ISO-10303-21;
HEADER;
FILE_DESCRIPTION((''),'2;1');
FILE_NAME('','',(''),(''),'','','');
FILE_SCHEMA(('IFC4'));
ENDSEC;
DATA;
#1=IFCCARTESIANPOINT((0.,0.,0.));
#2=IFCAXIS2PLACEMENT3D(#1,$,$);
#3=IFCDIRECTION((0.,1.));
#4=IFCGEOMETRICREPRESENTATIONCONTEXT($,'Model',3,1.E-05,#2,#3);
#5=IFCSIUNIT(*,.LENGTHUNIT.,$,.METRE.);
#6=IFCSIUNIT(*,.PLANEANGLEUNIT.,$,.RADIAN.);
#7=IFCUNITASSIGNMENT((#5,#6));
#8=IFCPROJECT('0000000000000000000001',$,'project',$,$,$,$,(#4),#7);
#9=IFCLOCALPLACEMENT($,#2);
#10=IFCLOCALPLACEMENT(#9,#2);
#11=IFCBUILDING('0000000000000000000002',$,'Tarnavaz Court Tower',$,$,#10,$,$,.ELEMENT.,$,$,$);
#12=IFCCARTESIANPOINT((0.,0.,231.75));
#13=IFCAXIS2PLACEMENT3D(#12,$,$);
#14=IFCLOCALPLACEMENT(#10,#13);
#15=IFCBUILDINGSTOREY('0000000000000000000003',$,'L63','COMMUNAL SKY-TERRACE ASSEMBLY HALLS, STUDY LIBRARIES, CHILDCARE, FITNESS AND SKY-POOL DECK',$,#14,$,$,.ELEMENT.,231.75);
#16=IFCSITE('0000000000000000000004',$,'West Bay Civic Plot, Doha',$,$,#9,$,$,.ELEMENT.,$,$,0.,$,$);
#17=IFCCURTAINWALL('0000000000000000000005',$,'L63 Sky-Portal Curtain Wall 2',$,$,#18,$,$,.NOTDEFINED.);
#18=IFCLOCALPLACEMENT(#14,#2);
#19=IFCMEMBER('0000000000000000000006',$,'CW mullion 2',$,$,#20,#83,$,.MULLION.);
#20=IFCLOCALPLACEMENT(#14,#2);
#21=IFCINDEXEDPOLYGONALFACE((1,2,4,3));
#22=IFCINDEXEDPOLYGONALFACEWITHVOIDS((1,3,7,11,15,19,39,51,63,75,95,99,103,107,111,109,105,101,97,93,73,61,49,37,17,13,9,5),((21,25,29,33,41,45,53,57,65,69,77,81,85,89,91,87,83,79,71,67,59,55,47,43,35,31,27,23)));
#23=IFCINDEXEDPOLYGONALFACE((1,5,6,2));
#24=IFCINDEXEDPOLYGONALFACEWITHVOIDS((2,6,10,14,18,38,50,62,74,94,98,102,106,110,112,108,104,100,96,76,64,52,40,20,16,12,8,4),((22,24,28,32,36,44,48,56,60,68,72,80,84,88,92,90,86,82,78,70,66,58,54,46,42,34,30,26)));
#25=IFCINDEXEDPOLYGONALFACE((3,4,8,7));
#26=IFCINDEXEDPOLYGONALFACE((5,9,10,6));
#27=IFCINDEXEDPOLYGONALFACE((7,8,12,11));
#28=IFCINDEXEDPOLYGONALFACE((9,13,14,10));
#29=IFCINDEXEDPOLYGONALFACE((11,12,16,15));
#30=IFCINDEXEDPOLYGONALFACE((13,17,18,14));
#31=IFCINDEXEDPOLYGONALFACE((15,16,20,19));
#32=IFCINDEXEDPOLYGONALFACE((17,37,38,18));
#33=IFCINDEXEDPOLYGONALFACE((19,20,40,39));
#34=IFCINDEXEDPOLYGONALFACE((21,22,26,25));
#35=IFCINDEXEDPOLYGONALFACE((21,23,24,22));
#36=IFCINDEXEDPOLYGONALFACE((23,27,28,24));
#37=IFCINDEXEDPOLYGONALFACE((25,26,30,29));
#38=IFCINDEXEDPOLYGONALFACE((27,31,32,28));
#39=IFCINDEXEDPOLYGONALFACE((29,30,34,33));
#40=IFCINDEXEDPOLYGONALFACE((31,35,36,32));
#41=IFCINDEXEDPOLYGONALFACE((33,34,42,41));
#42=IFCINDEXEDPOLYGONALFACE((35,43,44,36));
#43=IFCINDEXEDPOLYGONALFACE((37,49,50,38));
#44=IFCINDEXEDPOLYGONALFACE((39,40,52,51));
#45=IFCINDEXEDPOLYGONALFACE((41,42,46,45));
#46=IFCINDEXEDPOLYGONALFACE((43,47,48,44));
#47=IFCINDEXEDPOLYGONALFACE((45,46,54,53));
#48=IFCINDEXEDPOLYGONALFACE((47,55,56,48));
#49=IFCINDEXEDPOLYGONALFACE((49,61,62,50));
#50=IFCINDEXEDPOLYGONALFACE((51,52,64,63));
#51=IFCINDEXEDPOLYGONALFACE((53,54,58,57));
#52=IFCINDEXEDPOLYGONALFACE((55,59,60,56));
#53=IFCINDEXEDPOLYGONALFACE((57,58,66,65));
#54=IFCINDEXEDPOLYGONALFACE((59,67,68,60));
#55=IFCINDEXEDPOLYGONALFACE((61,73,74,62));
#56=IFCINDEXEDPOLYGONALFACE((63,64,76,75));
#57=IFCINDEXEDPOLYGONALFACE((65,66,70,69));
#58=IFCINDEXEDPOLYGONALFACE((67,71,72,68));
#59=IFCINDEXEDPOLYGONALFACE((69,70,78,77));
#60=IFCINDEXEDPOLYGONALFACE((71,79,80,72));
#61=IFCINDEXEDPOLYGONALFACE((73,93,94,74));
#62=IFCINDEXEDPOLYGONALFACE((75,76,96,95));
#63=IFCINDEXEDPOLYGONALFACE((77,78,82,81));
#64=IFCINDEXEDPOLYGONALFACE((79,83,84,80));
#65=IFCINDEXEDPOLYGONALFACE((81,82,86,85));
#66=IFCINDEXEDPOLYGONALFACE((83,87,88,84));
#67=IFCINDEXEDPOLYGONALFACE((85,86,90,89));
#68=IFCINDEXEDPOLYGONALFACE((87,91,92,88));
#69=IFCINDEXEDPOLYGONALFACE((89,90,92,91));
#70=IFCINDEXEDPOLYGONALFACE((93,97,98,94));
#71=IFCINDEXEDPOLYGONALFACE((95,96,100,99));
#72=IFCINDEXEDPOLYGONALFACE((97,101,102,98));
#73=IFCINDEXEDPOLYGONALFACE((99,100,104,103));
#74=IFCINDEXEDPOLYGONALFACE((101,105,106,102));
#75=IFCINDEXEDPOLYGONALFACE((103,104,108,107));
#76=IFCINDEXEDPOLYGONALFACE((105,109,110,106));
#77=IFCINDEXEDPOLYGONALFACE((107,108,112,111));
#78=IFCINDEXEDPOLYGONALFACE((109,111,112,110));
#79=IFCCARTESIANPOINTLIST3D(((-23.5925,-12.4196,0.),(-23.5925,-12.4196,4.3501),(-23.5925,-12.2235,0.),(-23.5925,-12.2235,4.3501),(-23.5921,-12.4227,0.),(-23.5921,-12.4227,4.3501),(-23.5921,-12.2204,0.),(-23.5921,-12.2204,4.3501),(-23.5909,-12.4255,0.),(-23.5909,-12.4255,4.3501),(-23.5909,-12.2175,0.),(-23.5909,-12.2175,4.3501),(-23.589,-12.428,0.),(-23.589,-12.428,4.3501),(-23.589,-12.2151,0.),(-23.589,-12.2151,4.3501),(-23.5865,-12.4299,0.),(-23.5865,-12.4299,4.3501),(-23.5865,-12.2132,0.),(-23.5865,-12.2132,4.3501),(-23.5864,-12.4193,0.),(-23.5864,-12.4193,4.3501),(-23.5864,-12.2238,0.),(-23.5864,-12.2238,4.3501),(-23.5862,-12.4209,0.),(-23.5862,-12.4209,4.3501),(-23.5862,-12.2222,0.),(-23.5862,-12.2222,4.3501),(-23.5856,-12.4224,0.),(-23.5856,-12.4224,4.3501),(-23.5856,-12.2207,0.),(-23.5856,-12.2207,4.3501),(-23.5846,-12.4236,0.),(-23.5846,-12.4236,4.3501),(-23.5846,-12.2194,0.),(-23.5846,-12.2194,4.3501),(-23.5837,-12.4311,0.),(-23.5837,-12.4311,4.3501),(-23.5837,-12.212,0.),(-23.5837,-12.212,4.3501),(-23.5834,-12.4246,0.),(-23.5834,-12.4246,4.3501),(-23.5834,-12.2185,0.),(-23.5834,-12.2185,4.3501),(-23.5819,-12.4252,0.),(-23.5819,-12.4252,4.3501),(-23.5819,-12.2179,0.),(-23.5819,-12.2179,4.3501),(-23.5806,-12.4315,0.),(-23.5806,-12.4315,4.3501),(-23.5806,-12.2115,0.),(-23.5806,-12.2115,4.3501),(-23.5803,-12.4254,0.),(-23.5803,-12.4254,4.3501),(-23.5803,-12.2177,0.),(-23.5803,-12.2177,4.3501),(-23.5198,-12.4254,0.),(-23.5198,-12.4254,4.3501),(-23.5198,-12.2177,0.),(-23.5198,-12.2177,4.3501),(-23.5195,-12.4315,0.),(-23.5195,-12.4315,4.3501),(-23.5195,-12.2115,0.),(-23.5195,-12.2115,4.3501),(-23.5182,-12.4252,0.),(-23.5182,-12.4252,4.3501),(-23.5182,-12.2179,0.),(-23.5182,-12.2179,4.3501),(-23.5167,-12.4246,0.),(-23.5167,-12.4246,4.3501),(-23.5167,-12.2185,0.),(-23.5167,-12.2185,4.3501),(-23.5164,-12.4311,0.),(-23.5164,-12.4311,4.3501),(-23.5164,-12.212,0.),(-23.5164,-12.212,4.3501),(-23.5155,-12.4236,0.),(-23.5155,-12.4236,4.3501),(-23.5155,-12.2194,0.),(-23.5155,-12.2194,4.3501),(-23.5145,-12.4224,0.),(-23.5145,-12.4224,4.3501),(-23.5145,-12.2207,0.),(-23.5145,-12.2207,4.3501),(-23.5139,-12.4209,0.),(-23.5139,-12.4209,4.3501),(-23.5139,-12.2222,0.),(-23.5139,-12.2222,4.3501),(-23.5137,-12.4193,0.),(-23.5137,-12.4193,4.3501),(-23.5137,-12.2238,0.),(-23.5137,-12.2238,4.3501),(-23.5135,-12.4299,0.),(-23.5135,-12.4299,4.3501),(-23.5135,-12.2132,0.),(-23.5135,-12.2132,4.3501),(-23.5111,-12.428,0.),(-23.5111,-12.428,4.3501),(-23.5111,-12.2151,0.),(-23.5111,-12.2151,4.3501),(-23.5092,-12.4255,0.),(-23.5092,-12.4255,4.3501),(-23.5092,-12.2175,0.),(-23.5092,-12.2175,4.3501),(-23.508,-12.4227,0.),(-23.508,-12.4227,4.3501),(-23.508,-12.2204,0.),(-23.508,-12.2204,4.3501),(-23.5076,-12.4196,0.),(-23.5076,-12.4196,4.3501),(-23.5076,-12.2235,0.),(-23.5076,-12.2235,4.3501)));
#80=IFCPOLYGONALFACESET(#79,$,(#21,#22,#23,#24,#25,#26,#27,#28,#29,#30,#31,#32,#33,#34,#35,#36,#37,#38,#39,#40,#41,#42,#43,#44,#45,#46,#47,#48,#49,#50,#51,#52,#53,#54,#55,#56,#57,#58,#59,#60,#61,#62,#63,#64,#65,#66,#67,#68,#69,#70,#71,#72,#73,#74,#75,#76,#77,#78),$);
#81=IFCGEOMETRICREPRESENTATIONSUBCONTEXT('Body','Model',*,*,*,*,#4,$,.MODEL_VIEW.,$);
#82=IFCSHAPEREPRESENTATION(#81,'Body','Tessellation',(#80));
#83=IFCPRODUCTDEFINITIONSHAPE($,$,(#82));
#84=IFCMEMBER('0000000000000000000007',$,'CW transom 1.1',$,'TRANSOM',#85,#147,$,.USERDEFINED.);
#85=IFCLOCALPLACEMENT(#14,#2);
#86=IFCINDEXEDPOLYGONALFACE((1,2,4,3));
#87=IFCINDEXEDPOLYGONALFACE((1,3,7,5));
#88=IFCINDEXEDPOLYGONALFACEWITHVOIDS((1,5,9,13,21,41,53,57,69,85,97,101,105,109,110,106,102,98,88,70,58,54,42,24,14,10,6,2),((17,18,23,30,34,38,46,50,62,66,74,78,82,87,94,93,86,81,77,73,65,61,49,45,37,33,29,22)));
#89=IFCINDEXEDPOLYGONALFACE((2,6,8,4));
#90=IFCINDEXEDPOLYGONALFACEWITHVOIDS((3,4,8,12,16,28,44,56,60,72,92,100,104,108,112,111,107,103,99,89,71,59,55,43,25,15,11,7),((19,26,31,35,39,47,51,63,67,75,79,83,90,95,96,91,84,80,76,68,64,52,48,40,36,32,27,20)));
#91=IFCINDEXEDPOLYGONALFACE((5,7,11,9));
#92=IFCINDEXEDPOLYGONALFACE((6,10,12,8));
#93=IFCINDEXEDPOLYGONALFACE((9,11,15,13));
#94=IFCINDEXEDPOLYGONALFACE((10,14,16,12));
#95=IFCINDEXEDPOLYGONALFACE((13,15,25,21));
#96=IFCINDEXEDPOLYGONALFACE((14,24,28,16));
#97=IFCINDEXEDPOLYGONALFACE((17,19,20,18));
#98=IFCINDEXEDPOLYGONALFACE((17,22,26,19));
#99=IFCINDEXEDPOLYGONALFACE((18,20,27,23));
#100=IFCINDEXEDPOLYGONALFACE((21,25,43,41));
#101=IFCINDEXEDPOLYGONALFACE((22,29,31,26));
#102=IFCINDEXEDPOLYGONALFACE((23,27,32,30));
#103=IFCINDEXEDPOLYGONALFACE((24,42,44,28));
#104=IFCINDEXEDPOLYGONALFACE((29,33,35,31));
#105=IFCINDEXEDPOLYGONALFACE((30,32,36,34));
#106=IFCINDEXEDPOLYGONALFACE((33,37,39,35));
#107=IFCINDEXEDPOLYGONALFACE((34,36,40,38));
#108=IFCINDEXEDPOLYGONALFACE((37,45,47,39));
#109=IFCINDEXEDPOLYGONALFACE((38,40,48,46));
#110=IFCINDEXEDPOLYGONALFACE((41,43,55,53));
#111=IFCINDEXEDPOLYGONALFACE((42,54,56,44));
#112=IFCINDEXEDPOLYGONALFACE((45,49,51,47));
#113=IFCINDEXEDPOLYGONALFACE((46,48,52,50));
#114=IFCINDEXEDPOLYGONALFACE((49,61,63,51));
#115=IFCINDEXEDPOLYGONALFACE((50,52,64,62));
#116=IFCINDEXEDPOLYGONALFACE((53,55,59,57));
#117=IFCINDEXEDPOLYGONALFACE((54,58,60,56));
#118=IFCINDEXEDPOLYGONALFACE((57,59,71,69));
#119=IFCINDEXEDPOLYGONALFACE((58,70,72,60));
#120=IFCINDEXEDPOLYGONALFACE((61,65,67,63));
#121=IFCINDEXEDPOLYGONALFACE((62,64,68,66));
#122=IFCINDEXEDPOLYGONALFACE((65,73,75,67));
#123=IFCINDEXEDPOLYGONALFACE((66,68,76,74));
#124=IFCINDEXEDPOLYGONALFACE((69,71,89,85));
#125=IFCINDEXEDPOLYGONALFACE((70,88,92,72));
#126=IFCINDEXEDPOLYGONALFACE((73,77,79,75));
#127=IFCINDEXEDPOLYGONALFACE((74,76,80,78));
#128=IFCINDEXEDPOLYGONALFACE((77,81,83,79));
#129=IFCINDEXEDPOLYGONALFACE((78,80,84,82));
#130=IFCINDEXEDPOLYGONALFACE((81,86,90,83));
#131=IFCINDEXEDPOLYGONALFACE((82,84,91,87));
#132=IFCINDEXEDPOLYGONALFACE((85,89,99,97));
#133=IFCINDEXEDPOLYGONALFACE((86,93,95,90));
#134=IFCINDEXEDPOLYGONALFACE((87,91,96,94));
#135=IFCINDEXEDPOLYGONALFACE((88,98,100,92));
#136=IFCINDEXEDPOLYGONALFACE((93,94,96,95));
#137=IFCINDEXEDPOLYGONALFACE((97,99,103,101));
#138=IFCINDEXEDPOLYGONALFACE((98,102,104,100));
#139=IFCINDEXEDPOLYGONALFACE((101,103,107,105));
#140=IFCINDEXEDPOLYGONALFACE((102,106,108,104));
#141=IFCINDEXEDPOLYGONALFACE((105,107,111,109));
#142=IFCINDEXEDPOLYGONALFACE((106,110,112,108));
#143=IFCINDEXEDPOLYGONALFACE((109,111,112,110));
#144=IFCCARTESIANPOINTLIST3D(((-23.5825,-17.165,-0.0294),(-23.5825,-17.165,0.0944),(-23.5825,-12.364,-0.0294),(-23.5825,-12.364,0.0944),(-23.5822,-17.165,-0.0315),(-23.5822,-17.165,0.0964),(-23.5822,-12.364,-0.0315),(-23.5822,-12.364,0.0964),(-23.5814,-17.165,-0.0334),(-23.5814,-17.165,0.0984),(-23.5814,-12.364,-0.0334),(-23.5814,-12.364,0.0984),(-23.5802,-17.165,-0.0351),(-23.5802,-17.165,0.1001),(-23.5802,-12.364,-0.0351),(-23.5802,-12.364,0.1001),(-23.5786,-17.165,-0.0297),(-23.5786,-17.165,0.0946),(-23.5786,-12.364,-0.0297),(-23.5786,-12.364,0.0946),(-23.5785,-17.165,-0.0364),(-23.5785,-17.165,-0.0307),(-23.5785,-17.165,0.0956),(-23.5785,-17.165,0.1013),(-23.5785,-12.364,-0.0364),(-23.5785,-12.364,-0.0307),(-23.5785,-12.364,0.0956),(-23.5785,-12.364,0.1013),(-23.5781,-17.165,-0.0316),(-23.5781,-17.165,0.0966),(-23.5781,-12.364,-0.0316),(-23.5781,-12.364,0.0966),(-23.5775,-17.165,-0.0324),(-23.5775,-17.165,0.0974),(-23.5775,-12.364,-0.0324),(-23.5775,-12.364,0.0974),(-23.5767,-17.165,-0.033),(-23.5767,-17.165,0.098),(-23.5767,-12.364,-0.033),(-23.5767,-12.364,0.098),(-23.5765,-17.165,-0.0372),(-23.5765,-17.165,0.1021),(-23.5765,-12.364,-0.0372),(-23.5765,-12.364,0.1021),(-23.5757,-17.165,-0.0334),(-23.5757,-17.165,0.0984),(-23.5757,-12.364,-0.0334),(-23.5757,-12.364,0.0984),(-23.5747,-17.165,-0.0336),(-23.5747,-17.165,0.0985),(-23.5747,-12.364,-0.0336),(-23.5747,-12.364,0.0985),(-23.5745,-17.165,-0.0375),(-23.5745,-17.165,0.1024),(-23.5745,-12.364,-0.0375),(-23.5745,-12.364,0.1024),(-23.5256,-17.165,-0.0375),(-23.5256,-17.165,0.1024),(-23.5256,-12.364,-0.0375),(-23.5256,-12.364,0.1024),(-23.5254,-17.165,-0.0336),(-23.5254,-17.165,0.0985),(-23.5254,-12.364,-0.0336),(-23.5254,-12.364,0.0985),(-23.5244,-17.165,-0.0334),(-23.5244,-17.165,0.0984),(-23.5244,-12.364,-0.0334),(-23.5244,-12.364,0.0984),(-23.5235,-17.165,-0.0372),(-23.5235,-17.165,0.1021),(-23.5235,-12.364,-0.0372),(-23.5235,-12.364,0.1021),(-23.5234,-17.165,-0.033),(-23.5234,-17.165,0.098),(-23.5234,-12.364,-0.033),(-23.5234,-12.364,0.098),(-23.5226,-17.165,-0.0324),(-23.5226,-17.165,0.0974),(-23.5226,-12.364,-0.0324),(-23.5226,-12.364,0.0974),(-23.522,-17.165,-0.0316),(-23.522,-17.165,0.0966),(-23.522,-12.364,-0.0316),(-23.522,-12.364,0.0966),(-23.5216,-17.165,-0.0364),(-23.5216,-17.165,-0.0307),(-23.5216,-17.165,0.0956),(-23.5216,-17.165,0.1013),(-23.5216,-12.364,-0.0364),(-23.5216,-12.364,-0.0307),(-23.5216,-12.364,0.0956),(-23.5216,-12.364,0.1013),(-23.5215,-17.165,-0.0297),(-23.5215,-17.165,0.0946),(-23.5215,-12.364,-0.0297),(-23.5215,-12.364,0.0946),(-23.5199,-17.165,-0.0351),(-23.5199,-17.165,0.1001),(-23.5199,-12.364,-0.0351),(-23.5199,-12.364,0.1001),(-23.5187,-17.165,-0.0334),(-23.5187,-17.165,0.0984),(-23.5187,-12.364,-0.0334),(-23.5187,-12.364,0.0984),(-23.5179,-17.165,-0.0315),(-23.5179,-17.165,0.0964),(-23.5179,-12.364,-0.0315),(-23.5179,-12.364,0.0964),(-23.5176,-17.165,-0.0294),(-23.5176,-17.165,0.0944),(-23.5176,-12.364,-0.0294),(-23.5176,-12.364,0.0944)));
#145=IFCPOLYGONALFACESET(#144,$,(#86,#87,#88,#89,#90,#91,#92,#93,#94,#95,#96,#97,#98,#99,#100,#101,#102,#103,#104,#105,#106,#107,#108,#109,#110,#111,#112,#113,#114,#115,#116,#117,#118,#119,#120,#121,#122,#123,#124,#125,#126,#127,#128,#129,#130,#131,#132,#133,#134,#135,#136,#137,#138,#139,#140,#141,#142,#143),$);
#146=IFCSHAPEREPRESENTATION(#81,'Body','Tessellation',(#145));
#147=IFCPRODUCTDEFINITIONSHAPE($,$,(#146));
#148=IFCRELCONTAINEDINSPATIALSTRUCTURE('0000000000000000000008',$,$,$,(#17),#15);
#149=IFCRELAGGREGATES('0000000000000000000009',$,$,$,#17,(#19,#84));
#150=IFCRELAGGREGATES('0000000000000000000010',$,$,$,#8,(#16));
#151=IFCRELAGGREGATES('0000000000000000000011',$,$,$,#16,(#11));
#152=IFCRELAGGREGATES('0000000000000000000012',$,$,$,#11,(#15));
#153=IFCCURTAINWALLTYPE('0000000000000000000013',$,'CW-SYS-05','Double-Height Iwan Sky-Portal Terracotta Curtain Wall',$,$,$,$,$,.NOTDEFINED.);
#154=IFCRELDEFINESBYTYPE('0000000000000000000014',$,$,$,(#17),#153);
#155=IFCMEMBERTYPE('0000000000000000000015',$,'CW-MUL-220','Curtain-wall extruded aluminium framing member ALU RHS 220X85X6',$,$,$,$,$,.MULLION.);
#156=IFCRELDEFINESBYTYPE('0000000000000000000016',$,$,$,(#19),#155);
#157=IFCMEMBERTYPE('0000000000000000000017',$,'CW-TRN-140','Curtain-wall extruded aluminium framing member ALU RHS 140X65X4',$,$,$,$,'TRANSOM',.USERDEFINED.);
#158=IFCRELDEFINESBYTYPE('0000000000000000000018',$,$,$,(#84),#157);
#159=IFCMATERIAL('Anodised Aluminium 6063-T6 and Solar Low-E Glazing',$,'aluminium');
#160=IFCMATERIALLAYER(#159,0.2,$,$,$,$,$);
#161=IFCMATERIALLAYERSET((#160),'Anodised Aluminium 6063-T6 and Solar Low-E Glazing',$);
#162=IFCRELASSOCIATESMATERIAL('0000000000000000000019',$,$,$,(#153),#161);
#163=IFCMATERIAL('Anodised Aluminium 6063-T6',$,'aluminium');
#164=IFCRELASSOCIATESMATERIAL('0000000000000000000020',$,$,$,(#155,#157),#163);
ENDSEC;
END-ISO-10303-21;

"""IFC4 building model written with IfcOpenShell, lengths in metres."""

from ifc_helpers import new_model, si_unit, direction, frame, origin, origin_2d, place, context, subcontext, project, spatial, hollow_rectangle, extrude, material, layer, layer_set, material_profile, profile_set, type_object, element, aggregate, save


model = new_model("IFC4")

# Units and contexts
model_context = context("Model", 3, precision=1e-05, world=origin(), true_north=direction((0.0, 1.0)))
body_context = subcontext(model_context, "Body", "Model", "MODEL_VIEW")
ifc_project = project(units=[si_unit("LENGTHUNIT", "METRE"), si_unit("PLANEANGLEUNIT", "RADIAN")], contexts=[model_context])

# Site, building, storey
site_placement = place(None, origin())
site = spatial("IfcSite", under=ifc_project, at=site_placement, Name="West Bay Civic Plot, Doha", CompositionType="ELEMENT", RefElevation=0.0)
building_placement = place(site_placement, origin())
building = spatial("IfcBuilding", under=site, at=building_placement, Name="Tarnavaz Court Tower", CompositionType="ELEMENT")
storey_placement = place(building_placement, frame((0.0, 0.0, 231.75)))
storey = spatial("IfcBuildingStorey", under=building, at=storey_placement, Name="L63", Description="COMMUNAL SKY-TERRACE ASSEMBLY HALLS, STUDY LIBRARIES, CHILDCARE, FITNESS AND SKY-POOL DECK", CompositionType="ELEMENT", Elevation=231.75)

# Curtain wall, members
ifc_material_1 = material(Name="Anodised Aluminium 6063-T6 and Solar Low-E Glazing", Category="aluminium")
ifc_layer_1 = layer(ifc_material_1, 0.2)
ifc_layer_set_1 = layer_set([ifc_layer_1], Name="Anodised Aluminium 6063-T6 and Solar Low-E Glazing")
curtain_wall_type = type_object("IfcCurtainWallType", Name="CW-SYS-05", Description="Double-Height Iwan Sky-Portal Terracotta Curtain Wall", PredefinedType="NOTDEFINED", material=ifc_layer_set_1)
curtain_wall_placement = place(storey_placement, origin())
curtain_wall = element("IfcCurtainWall", 1, at=curtain_wall_placement, inside=storey, type_object=curtain_wall_type, Name="L63 Sky-Portal Curtain Wall 2", PredefinedType="NOTDEFINED")
ifc_material_2 = material(Name="Anodised Aluminium 6063-T6", Category="aluminium")
ifc_material_profile_1 = material_profile(ifc_material_2, hollow_rectangle(XDim=0.085, YDim=0.22, WallThickness=0.0061, InnerFilletRadius=0.0061, OuterFilletRadius=0.012, at=origin_2d()), Name="ALU RHS 220X85X6")
ifc_profile_set_1 = profile_set([ifc_material_profile_1], Name="Anodised Aluminium 6063-T6")
member_type_1 = type_object("IfcMemberType", Name="CW-MUL-220", Description="Curtain-wall extruded aluminium framing member ALU RHS 220X85X6", PredefinedType="MULLION", material=ifc_profile_set_1)
member_1_placement = place(storey_placement, frame((-23.55, -12.3215, 0.0), z_axis=(0.0, 0.0, 1.0), x_axis=(-1.0, 0.0, 0.0)))
member_1 = element("IfcMember", 2, at=member_1_placement, type_object=member_type_1, Name="CW mullion 2", PredefinedType="MULLION", context=body_context, shape_type="SweptSolid", body=[
    extrude(hollow_rectangle(XDim=0.085, YDim=0.22, WallThickness=0.0061, InnerFilletRadius=0.0061, OuterFilletRadius=0.012, at=origin_2d()), origin(), (0.0, 0.0, 1.0), 4.3501),
])
ifc_material_profile_2 = material_profile(ifc_material_2, hollow_rectangle(XDim=0.0649, YDim=0.1399, WallThickness=0.0039, InnerFilletRadius=0.0039, OuterFilletRadius=0.0081, at=origin_2d()), Name="ALU RHS 140X65X4")
ifc_profile_set_2 = profile_set([ifc_material_profile_2], Name="Anodised Aluminium 6063-T6")
member_type_2 = type_object("IfcMemberType", Name="CW-TRN-140", Description="Curtain-wall extruded aluminium framing member ALU RHS 140X65X4", ElementType="TRANSOM", PredefinedType="USERDEFINED", material=ifc_profile_set_2)
member_2_placement = place(storey_placement, frame((-23.55, -17.165, 0.0325), z_axis=(0.0, 1.0, 0.0), x_axis=(-1.0, 0.0, 0.0)))
member_2 = element("IfcMember", 3, at=member_2_placement, type_object=member_type_2, Name="CW transom 1.1", ObjectType="TRANSOM", PredefinedType="USERDEFINED", context=body_context, shape_type="SweptSolid", body=[
    extrude(hollow_rectangle(XDim=0.0649, YDim=0.1399, WallThickness=0.0039, InnerFilletRadius=0.0039, OuterFilletRadius=0.0081, at=origin_2d()), origin(), (0.0, 0.0, 1.0), 4.801),
])
aggregate(curtain_wall, [member_1, member_2])

save(model, "model.ifc")
